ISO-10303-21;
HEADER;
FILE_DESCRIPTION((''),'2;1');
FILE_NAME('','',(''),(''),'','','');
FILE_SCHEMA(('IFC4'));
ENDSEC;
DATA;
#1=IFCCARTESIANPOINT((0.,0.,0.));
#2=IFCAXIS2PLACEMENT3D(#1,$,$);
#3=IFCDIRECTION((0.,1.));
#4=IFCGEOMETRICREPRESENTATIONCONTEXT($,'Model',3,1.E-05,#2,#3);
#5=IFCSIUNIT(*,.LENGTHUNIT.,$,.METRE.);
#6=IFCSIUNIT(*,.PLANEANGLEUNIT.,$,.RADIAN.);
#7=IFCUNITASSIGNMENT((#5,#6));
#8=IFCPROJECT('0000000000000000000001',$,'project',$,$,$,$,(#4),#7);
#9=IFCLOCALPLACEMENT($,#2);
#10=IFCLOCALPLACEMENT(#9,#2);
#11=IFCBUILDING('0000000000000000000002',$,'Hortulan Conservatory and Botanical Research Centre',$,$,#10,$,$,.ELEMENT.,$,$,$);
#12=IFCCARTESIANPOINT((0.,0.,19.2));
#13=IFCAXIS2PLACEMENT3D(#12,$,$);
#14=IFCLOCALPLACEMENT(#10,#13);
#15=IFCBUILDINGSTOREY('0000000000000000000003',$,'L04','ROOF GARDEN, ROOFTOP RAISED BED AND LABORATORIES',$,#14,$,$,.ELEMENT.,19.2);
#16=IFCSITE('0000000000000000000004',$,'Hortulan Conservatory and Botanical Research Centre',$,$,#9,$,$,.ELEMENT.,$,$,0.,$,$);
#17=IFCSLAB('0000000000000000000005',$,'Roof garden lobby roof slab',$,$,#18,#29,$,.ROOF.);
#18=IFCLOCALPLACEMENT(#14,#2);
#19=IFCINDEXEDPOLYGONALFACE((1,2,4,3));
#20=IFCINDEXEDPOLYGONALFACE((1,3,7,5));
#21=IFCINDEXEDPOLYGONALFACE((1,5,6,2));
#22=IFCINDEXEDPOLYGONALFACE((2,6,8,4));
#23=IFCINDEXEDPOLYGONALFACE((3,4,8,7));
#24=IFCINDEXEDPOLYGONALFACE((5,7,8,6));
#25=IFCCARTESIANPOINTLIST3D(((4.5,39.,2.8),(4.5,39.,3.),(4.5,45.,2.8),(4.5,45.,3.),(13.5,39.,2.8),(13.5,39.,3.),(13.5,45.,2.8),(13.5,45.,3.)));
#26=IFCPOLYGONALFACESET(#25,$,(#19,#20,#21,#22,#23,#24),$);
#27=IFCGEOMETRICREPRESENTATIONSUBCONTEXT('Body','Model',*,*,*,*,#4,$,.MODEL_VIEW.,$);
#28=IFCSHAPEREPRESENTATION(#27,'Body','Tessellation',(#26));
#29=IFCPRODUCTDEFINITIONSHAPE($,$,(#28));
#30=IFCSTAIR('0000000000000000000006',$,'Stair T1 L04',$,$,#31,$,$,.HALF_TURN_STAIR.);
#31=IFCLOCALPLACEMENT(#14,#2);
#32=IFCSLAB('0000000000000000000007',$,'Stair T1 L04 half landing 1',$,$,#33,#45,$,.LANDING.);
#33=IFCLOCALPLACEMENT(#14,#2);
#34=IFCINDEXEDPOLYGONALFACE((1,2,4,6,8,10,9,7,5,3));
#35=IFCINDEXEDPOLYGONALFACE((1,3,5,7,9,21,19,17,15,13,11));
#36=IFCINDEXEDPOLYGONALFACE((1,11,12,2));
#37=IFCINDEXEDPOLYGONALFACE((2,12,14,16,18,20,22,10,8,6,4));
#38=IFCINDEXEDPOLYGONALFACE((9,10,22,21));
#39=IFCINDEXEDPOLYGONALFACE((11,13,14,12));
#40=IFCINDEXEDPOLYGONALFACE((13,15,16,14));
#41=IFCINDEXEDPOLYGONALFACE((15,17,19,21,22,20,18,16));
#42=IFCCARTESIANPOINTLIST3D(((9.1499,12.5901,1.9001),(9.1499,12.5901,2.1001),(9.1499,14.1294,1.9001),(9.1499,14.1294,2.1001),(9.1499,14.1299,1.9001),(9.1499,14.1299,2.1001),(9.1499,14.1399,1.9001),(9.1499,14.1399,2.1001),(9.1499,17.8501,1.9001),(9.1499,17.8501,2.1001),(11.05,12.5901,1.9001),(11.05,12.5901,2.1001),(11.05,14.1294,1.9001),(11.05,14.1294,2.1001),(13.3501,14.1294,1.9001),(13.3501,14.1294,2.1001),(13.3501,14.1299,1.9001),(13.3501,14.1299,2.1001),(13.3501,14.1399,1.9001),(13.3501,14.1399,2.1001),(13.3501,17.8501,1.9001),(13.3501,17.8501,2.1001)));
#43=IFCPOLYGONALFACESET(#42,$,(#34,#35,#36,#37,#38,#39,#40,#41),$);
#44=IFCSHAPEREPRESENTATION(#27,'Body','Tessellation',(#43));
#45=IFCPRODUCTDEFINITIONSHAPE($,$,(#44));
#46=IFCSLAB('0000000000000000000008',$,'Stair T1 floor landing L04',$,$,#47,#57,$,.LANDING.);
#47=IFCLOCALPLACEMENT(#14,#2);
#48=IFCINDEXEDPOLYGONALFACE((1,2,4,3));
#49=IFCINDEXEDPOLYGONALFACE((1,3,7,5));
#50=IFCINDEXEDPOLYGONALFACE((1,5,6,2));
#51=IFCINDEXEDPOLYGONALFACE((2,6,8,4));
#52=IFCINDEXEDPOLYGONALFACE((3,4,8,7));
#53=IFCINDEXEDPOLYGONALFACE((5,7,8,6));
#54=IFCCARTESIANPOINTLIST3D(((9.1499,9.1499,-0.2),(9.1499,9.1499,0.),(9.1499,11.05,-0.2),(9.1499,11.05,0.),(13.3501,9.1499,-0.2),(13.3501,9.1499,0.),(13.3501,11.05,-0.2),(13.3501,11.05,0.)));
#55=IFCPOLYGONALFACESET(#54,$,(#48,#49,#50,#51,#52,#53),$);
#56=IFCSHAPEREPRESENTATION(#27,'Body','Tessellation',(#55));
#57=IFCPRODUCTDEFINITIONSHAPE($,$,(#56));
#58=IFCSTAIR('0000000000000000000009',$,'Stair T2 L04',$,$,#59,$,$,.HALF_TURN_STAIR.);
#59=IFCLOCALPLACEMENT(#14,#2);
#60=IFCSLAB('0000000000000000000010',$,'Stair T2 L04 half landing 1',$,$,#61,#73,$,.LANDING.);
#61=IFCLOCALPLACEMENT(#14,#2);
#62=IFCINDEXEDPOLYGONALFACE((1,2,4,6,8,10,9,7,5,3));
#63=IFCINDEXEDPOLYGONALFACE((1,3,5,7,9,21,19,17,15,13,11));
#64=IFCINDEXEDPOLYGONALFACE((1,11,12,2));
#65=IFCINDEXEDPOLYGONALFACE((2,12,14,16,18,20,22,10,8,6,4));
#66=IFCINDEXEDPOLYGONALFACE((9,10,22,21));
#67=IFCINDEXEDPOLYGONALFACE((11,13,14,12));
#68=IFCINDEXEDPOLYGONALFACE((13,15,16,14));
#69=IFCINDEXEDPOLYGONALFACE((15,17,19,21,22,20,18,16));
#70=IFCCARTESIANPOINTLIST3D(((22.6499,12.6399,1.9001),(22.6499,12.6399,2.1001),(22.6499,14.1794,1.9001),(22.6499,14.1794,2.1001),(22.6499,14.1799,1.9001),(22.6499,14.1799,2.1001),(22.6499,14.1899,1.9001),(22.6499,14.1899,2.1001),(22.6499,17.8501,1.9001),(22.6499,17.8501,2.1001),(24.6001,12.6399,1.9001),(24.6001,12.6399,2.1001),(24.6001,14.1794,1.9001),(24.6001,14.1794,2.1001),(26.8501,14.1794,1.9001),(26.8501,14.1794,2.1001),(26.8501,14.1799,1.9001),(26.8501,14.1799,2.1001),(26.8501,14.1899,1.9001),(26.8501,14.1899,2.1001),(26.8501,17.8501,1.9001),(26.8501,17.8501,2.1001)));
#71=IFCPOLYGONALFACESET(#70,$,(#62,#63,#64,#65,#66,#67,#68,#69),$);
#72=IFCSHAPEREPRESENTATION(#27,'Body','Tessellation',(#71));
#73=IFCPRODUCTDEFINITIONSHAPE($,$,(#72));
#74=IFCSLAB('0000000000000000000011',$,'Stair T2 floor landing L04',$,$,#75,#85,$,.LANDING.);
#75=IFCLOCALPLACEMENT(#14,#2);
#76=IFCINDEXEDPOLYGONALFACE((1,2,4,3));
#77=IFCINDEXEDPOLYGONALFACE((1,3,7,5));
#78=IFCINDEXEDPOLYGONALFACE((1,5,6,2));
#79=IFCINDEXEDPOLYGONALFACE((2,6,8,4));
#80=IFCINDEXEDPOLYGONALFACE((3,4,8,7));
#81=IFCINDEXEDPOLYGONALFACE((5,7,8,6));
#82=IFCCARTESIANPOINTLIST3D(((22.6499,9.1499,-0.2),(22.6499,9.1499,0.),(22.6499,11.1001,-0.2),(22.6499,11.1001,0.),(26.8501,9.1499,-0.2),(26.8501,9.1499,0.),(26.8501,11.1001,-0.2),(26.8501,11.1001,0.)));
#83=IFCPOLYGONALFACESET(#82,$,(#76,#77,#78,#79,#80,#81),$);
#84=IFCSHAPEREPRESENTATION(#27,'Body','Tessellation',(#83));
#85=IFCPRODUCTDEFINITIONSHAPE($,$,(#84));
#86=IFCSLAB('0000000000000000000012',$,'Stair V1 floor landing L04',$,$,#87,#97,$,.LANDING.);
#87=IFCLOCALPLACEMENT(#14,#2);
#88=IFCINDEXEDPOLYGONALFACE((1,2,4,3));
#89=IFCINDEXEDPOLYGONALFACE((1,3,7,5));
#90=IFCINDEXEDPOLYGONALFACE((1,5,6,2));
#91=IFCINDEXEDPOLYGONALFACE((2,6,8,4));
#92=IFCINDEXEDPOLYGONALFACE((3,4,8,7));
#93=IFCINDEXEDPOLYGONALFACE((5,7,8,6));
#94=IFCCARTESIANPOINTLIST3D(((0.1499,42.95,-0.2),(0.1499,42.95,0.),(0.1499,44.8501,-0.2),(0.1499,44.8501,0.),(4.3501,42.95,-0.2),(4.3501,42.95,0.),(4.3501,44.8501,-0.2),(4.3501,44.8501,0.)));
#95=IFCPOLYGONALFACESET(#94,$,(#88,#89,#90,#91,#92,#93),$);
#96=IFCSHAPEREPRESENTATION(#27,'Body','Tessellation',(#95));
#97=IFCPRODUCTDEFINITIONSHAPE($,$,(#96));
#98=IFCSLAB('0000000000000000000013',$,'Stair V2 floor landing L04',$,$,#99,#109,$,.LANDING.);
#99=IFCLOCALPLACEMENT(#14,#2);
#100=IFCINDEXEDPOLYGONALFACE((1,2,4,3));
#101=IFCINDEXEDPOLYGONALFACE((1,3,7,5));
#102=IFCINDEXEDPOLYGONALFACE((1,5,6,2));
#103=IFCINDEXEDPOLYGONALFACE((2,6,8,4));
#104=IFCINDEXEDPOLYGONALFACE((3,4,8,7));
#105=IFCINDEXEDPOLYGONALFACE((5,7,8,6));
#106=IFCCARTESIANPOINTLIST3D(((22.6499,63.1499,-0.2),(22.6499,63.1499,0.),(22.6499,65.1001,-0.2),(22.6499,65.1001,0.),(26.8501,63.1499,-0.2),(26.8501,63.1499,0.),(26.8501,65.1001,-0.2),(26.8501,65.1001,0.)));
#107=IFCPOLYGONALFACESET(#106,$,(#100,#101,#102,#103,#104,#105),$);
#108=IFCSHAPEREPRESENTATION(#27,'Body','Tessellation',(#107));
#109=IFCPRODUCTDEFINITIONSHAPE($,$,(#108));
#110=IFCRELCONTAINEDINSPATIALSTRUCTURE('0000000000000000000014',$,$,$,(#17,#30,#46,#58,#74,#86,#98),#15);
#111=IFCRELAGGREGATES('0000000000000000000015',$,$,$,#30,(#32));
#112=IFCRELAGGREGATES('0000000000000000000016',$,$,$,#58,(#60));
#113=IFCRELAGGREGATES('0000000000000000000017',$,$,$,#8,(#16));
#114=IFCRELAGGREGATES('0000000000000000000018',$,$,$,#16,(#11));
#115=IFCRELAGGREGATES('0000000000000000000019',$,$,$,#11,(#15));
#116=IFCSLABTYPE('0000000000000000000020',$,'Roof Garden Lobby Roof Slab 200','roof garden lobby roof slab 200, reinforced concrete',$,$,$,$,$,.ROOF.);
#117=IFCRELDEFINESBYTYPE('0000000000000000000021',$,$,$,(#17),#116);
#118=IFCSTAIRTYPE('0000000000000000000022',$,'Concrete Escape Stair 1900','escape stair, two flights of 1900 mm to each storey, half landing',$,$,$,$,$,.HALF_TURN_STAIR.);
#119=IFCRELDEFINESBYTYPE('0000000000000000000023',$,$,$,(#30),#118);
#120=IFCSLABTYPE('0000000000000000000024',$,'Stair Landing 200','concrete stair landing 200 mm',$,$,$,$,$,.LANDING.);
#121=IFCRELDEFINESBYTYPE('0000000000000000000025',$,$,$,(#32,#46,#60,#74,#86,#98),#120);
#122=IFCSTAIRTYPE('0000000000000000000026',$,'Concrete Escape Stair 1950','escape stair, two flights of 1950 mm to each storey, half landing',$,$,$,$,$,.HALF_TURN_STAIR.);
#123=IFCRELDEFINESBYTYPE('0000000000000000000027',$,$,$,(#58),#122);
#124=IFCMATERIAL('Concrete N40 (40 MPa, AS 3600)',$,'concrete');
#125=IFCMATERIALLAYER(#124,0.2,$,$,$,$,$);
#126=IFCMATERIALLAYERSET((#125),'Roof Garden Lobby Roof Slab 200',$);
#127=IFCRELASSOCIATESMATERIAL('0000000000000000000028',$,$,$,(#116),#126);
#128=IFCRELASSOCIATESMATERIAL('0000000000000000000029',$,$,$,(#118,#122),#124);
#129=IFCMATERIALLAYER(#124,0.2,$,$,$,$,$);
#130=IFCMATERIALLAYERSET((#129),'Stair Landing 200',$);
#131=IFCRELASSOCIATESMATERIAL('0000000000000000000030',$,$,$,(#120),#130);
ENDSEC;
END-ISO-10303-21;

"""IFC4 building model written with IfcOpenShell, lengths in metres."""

from ifc_helpers import new_model, si_unit, direction, frame, origin, place, context, subcontext, project, spatial, polyline, outline, extrude, material, layer, layer_set, type_object, element, aggregate, save


model = new_model("IFC4")

# Units and contexts
model_context = context("Model", 3, precision=1e-05, world=origin(), true_north=direction((0.0, 1.0)))
body_context = subcontext(model_context, "Body", "Model", "MODEL_VIEW")
ifc_project = project(units=[si_unit("LENGTHUNIT", "METRE"), si_unit("PLANEANGLEUNIT", "RADIAN")], contexts=[model_context])

# Site, building, storey
site_placement = place(None, origin())
site = spatial("IfcSite", under=ifc_project, at=site_placement, Name="Hortulan Conservatory and Botanical Research Centre", CompositionType="ELEMENT", RefElevation=0.0)
building_placement = place(site_placement, origin())
building = spatial("IfcBuilding", under=site, at=building_placement, Name="Hortulan Conservatory and Botanical Research Centre", CompositionType="ELEMENT")
storey_placement = place(building_placement, frame((0.0, 0.0, 19.2)))
storey = spatial("IfcBuildingStorey", under=building, at=storey_placement, Name="L04", Description="ROOF GARDEN, ROOFTOP RAISED BED AND LABORATORIES", CompositionType="ELEMENT", Elevation=19.2)

# Slab
ifc_material_1 = material(Name="Concrete N40 (40 MPa, AS 3600)", Category="concrete")
ifc_layer_1 = layer(ifc_material_1, 0.2)
ifc_layer_set_1 = layer_set([ifc_layer_1], Name="Roof Garden Lobby Roof Slab 200")
slab_type_1 = type_object("IfcSlabType", Name="Roof Garden Lobby Roof Slab 200", Description="roof garden lobby roof slab 200, reinforced concrete", PredefinedType="ROOF", material=ifc_layer_set_1)
slab_1_placement = place(storey_placement, frame((0.0, 0.0, 2.8)))
element("IfcSlab", 1, at=slab_1_placement, inside=storey, type_object=slab_type_1, Name="Roof garden lobby roof slab", PredefinedType="ROOF", context=body_context, shape_type="SweptSolid", body=[
    extrude(outline(polyline([(4.5, 39.0), (13.5, 39.0), (13.5, 45.0), (4.5, 45.0), (4.5, 39.0)])), origin(), (0.0, 0.0, 1.0), 0.2),
])

# Stair, slab
stair_type_1 = type_object("IfcStairType", Name="Concrete Escape Stair 1900", Description="escape stair, two flights of 1900 mm to each storey, half landing", PredefinedType="HALF_TURN_STAIR", material=ifc_material_1)
stair_1_placement = place(storey_placement, origin())
stair_1 = element("IfcStair", 2, at=stair_1_placement, inside=storey, type_object=stair_type_1, Name="Stair T1 L04", PredefinedType="HALF_TURN_STAIR")
ifc_layer_2 = layer(ifc_material_1, 0.2)
ifc_layer_set_2 = layer_set([ifc_layer_2], Name="Stair Landing 200")
slab_type_2 = type_object("IfcSlabType", Name="Stair Landing 200", Description="concrete stair landing 200 mm", PredefinedType="LANDING", material=ifc_layer_set_2)
slab_2_placement = place(storey_placement, frame((0.0, 0.0, 1.9001)))
slab_2 = element("IfcSlab", 3, at=slab_2_placement, type_object=slab_type_2, Name="Stair T1 L04 half landing 1", PredefinedType="LANDING", context=body_context, shape_type="SweptSolid", body=[
    extrude(outline(polyline([(13.3501, 14.1294), (11.05, 14.1294), (11.05, 12.5901), (9.1499, 12.5901), (9.1499, 14.1294), (9.1499, 14.1299), (9.1499, 14.1399), (9.1499, 17.8501), (13.3501, 17.8501), (13.3501, 14.1399), (13.3501, 14.1299), (13.3501, 14.1294)])), origin(), (0.0, 0.0, 1.0), 0.2),
])
aggregate(stair_1, [slab_2])

# Slab
slab_3_placement = place(storey_placement, frame((0.0, 0.0, -0.2)))
element("IfcSlab", 4, at=slab_3_placement, inside=storey, type_object=slab_type_2, Name="Stair T1 floor landing L04", PredefinedType="LANDING", context=body_context, shape_type="SweptSolid", body=[
    extrude(outline(polyline([(13.3501, 9.1499), (9.1499, 9.1499), (9.1499, 11.05), (13.3501, 11.05), (13.3501, 9.1499)])), origin(), (0.0, 0.0, 1.0), 0.2),
])

# Stair, slab
stair_type_2 = type_object("IfcStairType", Name="Concrete Escape Stair 1950", Description="escape stair, two flights of 1950 mm to each storey, half landing", PredefinedType="HALF_TURN_STAIR", material=ifc_material_1)
stair_2_placement = place(storey_placement, origin())
stair_2 = element("IfcStair", 5, at=stair_2_placement, inside=storey, type_object=stair_type_2, Name="Stair T2 L04", PredefinedType="HALF_TURN_STAIR")
slab_4_placement = place(storey_placement, frame((0.0, 0.0, 1.9001)))
slab_4 = element("IfcSlab", 6, at=slab_4_placement, type_object=slab_type_2, Name="Stair T2 L04 half landing 1", PredefinedType="LANDING", context=body_context, shape_type="SweptSolid", body=[
    extrude(outline(polyline([(26.8501, 14.1794), (24.6001, 14.1794), (24.6001, 12.6399), (22.6499, 12.6399), (22.6499, 14.1794), (22.6499, 14.1799), (22.6499, 14.1899), (22.6499, 17.8501), (26.8501, 17.8501), (26.8501, 14.1899), (26.8501, 14.1799), (26.8501, 14.1794)])), origin(), (0.0, 0.0, 1.0), 0.2),
])
aggregate(stair_2, [slab_4])

# Slabs
slab_5_placement = place(storey_placement, frame((0.0, 0.0, -0.2)))
element("IfcSlab", 7, at=slab_5_placement, inside=storey, type_object=slab_type_2, Name="Stair T2 floor landing L04", PredefinedType="LANDING", context=body_context, shape_type="SweptSolid", body=[
    extrude(outline(polyline([(26.8501, 9.1499), (22.6499, 9.1499), (22.6499, 11.1001), (26.8501, 11.1001), (26.8501, 9.1499)])), origin(), (0.0, 0.0, 1.0), 0.2),
])
slab_6_placement = place(storey_placement, frame((0.0, 0.0, -0.2)))
element("IfcSlab", 8, at=slab_6_placement, inside=storey, type_object=slab_type_2, Name="Stair V1 floor landing L04", PredefinedType="LANDING", context=body_context, shape_type="SweptSolid", body=[
    extrude(outline(polyline([(0.1499, 44.8501), (4.3501, 44.8501), (4.3501, 42.95), (0.1499, 42.95), (0.1499, 44.8501)])), origin(), (0.0, 0.0, 1.0), 0.2),
])
slab_7_placement = place(storey_placement, frame((0.0, 0.0, -0.2)))
element("IfcSlab", 9, at=slab_7_placement, inside=storey, type_object=slab_type_2, Name="Stair V2 floor landing L04", PredefinedType="LANDING", context=body_context, shape_type="SweptSolid", body=[
    extrude(outline(polyline([(26.8501, 63.1499), (22.6499, 63.1499), (22.6499, 65.1001), (26.8501, 65.1001), (26.8501, 63.1499)])), origin(), (0.0, 0.0, 1.0), 0.2),
])

save(model, "model.ifc")
